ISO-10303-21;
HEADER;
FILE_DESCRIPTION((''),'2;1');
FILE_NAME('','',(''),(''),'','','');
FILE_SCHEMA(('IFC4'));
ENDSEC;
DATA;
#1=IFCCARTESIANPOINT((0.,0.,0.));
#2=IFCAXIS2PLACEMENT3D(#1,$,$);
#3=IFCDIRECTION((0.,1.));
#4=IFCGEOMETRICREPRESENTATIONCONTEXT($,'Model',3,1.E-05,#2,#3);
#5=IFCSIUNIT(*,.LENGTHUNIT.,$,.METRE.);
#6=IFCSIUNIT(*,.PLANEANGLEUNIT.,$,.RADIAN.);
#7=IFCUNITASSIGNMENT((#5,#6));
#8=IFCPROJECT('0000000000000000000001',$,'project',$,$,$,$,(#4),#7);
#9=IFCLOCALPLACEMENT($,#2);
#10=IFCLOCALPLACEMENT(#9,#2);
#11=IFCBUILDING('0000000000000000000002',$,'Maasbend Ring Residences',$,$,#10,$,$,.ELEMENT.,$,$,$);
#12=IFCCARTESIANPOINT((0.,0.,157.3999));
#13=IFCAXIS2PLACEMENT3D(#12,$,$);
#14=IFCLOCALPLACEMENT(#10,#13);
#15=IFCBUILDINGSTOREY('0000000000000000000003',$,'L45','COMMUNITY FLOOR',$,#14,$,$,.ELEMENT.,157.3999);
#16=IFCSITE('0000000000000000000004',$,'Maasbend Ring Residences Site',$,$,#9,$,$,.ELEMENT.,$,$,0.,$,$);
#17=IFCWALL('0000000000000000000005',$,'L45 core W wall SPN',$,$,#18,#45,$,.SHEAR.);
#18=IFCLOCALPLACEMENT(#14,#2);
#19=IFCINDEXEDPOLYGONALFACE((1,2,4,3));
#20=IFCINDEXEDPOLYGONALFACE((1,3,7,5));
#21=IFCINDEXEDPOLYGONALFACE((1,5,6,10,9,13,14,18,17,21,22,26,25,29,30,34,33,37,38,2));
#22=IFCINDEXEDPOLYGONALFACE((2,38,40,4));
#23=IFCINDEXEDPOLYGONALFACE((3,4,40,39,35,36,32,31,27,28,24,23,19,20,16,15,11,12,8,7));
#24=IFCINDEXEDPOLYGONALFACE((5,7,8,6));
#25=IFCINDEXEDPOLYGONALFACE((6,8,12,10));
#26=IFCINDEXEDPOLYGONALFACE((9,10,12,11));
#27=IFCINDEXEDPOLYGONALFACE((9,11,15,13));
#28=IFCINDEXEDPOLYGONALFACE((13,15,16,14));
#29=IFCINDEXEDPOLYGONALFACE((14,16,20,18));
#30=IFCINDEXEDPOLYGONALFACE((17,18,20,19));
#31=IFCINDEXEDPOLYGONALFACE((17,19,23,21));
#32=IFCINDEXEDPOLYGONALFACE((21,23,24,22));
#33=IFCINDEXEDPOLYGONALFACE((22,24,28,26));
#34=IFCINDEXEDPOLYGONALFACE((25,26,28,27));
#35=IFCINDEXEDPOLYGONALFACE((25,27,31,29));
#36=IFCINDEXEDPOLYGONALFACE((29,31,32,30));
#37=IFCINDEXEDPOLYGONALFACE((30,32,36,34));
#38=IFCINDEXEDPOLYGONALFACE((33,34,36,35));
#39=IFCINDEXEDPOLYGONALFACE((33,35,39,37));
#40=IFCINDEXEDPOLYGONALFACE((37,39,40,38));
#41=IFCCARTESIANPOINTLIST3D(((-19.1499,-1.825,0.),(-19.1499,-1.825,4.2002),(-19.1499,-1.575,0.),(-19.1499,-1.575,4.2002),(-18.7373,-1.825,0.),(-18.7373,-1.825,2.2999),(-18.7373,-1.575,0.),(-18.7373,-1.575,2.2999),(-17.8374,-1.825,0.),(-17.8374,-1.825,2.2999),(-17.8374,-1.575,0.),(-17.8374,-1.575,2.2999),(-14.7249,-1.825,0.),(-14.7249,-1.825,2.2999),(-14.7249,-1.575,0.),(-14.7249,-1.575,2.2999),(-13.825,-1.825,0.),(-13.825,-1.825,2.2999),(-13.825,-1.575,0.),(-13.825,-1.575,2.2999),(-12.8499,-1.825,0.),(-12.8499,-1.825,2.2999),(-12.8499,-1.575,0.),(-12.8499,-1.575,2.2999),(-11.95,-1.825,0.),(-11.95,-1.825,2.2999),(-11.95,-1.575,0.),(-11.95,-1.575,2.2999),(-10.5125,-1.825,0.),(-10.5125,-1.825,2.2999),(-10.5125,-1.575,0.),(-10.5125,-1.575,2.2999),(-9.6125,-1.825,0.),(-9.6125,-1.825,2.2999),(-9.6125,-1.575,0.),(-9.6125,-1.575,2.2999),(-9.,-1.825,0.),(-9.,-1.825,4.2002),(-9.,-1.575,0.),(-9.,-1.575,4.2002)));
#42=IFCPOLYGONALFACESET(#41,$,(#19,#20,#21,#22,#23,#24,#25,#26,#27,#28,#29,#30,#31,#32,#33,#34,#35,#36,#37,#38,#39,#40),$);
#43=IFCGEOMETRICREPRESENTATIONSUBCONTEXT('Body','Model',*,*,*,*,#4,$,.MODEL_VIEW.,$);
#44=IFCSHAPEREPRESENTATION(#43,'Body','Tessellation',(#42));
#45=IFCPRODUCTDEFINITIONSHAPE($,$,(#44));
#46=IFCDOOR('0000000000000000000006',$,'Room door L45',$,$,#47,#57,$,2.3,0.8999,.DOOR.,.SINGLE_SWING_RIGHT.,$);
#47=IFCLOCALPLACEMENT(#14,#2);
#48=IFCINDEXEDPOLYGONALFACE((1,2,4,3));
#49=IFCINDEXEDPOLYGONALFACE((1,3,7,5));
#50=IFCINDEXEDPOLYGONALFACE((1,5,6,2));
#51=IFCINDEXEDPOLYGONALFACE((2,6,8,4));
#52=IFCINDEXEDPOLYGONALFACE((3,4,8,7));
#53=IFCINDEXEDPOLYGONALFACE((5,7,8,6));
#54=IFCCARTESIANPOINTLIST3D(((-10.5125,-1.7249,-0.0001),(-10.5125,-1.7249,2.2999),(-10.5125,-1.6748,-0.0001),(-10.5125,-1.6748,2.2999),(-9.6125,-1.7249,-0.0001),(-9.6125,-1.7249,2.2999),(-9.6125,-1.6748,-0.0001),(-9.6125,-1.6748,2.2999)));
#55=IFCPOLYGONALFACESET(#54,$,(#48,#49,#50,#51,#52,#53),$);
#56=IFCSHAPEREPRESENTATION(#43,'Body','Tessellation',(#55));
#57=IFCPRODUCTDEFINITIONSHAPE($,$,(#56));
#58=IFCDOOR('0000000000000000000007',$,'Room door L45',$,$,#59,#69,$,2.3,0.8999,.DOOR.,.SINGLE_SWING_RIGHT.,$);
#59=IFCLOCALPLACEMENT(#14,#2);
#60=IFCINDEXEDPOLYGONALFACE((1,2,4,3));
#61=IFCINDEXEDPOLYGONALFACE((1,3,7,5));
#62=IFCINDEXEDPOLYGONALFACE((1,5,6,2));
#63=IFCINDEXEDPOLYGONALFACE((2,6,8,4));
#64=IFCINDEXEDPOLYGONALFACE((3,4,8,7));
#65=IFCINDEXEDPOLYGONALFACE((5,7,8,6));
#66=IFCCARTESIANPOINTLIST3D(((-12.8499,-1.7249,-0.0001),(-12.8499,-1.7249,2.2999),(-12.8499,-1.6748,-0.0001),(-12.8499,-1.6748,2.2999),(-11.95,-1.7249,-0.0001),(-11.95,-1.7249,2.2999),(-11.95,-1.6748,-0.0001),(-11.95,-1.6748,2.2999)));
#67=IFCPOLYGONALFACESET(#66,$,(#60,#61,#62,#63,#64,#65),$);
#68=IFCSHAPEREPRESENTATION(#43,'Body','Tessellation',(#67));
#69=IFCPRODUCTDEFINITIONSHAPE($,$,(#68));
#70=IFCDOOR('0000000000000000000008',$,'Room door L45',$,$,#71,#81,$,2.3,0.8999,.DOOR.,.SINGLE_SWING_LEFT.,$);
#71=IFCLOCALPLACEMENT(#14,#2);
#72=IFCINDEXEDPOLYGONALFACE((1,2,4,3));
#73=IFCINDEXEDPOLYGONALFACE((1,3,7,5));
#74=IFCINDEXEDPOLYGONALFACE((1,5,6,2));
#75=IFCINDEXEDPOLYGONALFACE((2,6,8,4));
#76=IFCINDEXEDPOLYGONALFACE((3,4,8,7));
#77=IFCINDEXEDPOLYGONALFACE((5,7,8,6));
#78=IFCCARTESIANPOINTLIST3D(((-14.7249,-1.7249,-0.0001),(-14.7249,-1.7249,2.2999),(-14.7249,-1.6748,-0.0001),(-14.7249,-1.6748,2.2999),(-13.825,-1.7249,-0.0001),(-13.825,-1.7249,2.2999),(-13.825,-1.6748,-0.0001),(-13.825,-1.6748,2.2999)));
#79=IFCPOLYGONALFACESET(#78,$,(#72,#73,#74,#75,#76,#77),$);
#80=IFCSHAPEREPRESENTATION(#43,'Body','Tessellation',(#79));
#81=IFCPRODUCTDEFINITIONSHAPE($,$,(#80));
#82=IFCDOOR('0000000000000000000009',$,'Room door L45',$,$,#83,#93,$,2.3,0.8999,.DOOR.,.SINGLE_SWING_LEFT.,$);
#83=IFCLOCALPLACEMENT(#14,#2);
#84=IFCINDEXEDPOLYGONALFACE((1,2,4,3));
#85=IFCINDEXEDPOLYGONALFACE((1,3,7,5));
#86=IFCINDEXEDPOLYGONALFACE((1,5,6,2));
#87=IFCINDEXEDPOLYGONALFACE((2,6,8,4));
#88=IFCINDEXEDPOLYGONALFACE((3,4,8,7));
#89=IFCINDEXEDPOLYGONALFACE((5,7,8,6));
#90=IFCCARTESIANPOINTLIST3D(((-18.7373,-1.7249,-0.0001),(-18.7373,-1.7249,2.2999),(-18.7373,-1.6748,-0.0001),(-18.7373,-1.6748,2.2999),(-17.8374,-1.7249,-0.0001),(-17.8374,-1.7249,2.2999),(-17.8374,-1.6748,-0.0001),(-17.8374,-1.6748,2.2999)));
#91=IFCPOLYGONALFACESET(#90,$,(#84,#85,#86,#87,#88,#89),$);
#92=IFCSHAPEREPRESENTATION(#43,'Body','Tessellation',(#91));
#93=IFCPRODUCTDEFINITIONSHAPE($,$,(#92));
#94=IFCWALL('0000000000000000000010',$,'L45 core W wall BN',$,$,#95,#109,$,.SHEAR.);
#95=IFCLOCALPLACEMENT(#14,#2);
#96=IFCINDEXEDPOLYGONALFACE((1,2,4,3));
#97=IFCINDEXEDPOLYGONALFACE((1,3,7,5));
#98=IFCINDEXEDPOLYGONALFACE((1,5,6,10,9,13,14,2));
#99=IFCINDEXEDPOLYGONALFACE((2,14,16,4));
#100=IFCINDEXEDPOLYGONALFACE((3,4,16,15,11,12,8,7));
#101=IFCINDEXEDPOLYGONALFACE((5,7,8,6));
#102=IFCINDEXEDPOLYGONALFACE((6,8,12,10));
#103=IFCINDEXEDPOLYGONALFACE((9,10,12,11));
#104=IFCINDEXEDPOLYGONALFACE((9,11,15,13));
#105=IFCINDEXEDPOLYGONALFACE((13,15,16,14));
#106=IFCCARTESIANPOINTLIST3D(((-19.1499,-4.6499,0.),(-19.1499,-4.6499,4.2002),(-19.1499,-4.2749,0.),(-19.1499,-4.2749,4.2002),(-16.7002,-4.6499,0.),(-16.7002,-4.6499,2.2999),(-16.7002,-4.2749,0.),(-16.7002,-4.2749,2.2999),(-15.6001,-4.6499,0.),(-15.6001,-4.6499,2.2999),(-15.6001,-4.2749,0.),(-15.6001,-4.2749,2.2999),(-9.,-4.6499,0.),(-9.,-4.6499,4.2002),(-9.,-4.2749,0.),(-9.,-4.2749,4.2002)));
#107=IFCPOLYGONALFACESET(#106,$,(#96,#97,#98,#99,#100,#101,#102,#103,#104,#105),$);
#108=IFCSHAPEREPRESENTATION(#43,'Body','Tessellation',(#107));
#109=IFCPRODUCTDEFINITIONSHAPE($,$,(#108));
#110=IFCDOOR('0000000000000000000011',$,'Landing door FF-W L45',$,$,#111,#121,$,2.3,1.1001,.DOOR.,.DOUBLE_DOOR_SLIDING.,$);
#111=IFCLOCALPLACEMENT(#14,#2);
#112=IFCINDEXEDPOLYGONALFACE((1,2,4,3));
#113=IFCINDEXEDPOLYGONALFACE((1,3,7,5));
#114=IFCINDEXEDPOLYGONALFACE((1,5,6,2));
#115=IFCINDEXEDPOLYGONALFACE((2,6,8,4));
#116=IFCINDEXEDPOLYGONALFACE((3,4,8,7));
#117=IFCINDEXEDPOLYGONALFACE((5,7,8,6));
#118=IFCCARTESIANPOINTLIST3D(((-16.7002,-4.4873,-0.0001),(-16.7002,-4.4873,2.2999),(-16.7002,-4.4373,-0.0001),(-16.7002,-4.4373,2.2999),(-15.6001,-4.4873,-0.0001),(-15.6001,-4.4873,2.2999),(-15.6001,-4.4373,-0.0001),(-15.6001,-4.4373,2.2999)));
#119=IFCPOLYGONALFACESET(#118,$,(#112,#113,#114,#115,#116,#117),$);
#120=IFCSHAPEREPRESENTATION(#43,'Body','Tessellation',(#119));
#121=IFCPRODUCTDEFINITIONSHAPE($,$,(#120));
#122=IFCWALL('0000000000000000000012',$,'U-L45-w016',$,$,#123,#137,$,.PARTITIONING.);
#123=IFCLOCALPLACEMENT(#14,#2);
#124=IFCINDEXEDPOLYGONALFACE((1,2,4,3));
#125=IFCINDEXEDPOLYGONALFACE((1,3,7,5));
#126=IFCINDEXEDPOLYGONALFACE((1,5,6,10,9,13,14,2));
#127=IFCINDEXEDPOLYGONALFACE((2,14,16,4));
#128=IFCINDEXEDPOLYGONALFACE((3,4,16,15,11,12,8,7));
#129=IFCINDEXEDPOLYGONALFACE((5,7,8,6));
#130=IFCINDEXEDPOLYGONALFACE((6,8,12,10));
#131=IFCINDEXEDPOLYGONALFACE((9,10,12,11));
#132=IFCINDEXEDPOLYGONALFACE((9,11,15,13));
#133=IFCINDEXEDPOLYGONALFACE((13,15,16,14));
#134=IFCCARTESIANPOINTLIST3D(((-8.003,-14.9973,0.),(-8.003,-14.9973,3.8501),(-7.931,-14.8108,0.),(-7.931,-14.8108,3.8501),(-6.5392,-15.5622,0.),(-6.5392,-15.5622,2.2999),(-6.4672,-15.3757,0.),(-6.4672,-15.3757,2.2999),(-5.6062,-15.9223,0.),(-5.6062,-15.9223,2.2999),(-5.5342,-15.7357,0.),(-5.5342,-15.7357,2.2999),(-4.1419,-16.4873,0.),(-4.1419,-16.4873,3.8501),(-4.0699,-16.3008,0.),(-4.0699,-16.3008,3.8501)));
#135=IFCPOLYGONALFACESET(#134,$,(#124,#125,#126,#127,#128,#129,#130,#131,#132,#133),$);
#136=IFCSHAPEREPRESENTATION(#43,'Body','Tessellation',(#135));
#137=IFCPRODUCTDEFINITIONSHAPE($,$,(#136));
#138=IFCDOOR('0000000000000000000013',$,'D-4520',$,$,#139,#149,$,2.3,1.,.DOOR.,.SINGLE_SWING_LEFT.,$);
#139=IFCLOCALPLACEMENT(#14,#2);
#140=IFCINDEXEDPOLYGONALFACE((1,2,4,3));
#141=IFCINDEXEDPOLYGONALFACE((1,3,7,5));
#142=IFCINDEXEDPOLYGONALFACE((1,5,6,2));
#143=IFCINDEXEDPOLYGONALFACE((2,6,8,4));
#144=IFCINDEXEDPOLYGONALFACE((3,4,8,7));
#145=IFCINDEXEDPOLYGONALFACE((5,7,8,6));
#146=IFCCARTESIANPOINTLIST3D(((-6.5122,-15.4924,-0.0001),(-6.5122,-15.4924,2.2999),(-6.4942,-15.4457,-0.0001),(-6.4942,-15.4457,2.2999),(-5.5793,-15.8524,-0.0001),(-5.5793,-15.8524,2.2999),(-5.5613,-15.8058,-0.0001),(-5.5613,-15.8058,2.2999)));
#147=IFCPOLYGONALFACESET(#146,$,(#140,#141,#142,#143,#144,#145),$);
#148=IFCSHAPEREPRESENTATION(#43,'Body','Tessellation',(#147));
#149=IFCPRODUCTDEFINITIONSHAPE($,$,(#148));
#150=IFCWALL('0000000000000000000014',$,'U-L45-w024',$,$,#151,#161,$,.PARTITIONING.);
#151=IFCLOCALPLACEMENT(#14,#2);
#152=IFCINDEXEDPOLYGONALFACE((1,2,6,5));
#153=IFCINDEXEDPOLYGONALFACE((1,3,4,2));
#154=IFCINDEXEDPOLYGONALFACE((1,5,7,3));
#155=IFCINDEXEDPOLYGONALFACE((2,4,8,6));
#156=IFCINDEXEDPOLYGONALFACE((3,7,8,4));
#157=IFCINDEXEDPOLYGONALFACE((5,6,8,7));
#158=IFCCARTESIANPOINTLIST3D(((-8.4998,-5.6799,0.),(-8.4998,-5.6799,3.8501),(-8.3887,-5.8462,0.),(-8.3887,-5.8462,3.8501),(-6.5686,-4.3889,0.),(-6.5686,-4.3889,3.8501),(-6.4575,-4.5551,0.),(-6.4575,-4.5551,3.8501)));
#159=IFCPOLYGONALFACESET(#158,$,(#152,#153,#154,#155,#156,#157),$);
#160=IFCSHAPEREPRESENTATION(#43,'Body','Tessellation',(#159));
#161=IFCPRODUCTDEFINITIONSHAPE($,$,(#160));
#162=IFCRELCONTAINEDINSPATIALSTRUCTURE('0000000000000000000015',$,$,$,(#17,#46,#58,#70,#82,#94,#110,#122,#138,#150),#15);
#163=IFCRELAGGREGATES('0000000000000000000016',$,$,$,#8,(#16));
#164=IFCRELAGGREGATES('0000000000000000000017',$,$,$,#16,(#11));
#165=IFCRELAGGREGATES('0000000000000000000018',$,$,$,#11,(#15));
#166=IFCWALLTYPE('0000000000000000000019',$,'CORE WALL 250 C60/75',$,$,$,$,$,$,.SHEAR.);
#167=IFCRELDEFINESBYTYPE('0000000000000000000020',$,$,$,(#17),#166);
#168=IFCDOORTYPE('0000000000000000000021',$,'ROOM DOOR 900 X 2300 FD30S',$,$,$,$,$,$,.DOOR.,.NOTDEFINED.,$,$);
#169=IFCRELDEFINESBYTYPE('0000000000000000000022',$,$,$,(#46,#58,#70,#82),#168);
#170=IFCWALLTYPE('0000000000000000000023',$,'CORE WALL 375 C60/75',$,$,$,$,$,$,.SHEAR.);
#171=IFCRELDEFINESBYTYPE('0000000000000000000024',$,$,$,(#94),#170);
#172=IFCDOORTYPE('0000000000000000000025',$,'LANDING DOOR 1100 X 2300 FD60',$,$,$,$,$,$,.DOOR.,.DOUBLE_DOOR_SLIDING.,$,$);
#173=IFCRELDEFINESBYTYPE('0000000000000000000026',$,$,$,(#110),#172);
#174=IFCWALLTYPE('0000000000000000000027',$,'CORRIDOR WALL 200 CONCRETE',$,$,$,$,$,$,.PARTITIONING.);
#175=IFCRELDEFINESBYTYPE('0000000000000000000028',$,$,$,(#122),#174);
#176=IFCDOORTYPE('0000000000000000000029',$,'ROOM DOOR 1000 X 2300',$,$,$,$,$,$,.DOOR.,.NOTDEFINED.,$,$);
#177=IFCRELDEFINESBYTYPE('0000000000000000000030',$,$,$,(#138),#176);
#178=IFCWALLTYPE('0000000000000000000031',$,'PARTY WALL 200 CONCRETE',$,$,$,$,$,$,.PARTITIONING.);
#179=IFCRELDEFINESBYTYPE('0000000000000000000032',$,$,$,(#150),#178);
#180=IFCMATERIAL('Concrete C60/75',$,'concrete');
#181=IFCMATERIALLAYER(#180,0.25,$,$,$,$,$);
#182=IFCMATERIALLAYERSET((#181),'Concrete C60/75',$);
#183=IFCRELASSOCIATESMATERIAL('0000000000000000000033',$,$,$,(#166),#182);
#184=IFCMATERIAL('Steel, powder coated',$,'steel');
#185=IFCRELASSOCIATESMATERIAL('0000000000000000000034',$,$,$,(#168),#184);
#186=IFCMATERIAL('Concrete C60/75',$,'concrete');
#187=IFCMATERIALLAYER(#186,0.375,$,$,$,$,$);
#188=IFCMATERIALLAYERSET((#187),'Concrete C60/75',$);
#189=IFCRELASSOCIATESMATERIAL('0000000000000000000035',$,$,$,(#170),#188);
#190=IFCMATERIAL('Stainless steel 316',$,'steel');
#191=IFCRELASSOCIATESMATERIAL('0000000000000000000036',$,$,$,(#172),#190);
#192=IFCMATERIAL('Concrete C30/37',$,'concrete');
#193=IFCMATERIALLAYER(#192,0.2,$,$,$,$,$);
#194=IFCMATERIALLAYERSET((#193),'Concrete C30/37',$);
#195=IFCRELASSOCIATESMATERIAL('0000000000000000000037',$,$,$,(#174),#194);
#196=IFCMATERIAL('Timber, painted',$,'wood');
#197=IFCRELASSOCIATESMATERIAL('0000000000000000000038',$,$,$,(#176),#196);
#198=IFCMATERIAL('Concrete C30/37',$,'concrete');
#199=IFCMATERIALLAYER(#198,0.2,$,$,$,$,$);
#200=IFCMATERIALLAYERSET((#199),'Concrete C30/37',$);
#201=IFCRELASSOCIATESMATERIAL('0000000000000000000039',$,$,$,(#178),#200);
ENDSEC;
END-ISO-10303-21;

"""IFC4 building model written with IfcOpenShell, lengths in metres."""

from ifc_helpers import new_model, si_unit, direction, frame, frame_2d, origin, place, context, subcontext, project, spatial, rectangle, extrude, material, layer, layer_set, type_object, element, fill, save


model = new_model("IFC4")

# Units and contexts
model_context = context("Model", 3, precision=1e-05, world=origin(), true_north=direction((0.0, 1.0)))
body_context = subcontext(model_context, "Body", "Model", "MODEL_VIEW")
ifc_project = project(units=[si_unit("LENGTHUNIT", "METRE"), si_unit("PLANEANGLEUNIT", "RADIAN")], contexts=[model_context])

# Site, building, storey
site_placement = place(None, origin())
site = spatial("IfcSite", under=ifc_project, at=site_placement, Name="Maasbend Ring Residences Site", CompositionType="ELEMENT", RefElevation=0.0)
building_placement = place(site_placement, origin())
building = spatial("IfcBuilding", under=site, at=building_placement, Name="Maasbend Ring Residences", CompositionType="ELEMENT")
storey_placement = place(building_placement, frame((0.0, 0.0, 157.3999)))
storey = spatial("IfcBuildingStorey", under=building, at=storey_placement, Name="L45", Description="COMMUNITY FLOOR", CompositionType="ELEMENT", Elevation=157.3999)

# Wall, openings, doors
ifc_material_1 = material(Name="Concrete C60/75", Category="concrete")
ifc_layer_1 = layer(ifc_material_1, 0.25)
ifc_layer_set_1 = layer_set([ifc_layer_1], Name="Concrete C60/75")
wall_type_1 = type_object("IfcWallType", Name="CORE WALL 250 C60/75", PredefinedType="SHEAR", material=ifc_layer_set_1)
wall_1_placement = place(storey_placement, frame((-9.0, -1.7, 0.0), z_axis=(0.0, 0.0, 1.0), x_axis=(-1.0, 0.0, 0.0)))
wall_1 = element("IfcWall", 1, at=wall_1_placement, inside=storey, type_object=wall_type_1, Name="L45 core W wall SPN", PredefinedType="SHEAR", context=body_context, shape_type="SweptSolid", body=[
    extrude(rectangle(XDim=10.1499, YDim=0.25, at=frame_2d((5.075, 0.0))), origin(), (0.0, 0.0, 1.0), 4.2002),
])
opening_1_placement = place(wall_1_placement, frame((0.6125, 0.0, 0.0)))
opening_1 = element("IfcOpeningElement", 2, at=opening_1_placement, cuts=wall_1, PredefinedType="OPENING", context=body_context, shape_type="SweptSolid", body=[
    extrude(rectangle(XDim=0.8999, YDim=2.3, at=frame_2d((0.45, 1.1499))), frame((0.0, 0.135, 0.0), z_axis=(0.0, -1.0, 0.0), x_axis=(1.0, 0.0, 0.0)), (0.0, 0.0, 1.0), 0.27),
])
opening_2_placement = place(wall_1_placement, frame((2.95, 0.0, 0.0)))
opening_2 = element("IfcOpeningElement", 3, at=opening_2_placement, cuts=wall_1, PredefinedType="OPENING", context=body_context, shape_type="SweptSolid", body=[
    extrude(rectangle(XDim=0.8999, YDim=2.3, at=frame_2d((0.45, 1.1499))), frame((0.0, 0.135, 0.0), z_axis=(0.0, -1.0, 0.0), x_axis=(1.0, 0.0, 0.0)), (0.0, 0.0, 1.0), 0.27),
])
opening_3_placement = place(wall_1_placement, frame((4.825, 0.0, 0.0)))
opening_3 = element("IfcOpeningElement", 4, at=opening_3_placement, cuts=wall_1, PredefinedType="OPENING", context=body_context, shape_type="SweptSolid", body=[
    extrude(rectangle(XDim=0.8999, YDim=2.3, at=frame_2d((0.45, 1.1499))), frame((0.0, 0.135, 0.0), z_axis=(0.0, -1.0, 0.0), x_axis=(1.0, 0.0, 0.0)), (0.0, 0.0, 1.0), 0.27),
])
opening_4_placement = place(wall_1_placement, frame((8.8374, 0.0, 0.0)))
opening_4 = element("IfcOpeningElement", 5, at=opening_4_placement, cuts=wall_1, PredefinedType="OPENING", context=body_context, shape_type="SweptSolid", body=[
    extrude(rectangle(XDim=0.8999, YDim=2.3, at=frame_2d((0.45, 1.1499))), frame((0.0, 0.135, 0.0), z_axis=(0.0, -1.0, 0.0), x_axis=(1.0, 0.0, 0.0)), (0.0, 0.0, 1.0), 0.27),
])
ifc_material_2 = material(Name="Steel, powder coated", Category="steel")
door_type_1 = type_object("IfcDoorType", Name="ROOM DOOR 900 X 2300 FD30S", OperationType="NOTDEFINED", PredefinedType="DOOR", material=ifc_material_2)
door_1_placement = place(opening_1_placement, origin())
door_1 = element("IfcDoor", 6, at=door_1_placement, inside=storey, type_object=door_type_1, Name="Room door L45", OperationType="SINGLE_SWING_RIGHT", OverallHeight=2.3, OverallWidth=0.8999, PredefinedType="DOOR", context=body_context, shape_type="SweptSolid", body=[
    extrude(rectangle(XDim=0.8999, YDim=2.3, at=frame_2d((0.45, 1.1499))), frame((0.0, 0.0249, 0.0), z_axis=(0.0, -1.0, 0.0), x_axis=(1.0, 0.0, 0.0)), (0.0, 0.0, 1.0), 0.05),
])
fill(opening_1, door_1)
door_2_placement = place(opening_2_placement, origin())
door_2 = element("IfcDoor", 7, at=door_2_placement, inside=storey, type_object=door_type_1, Name="Room door L45", OperationType="SINGLE_SWING_RIGHT", OverallHeight=2.3, OverallWidth=0.8999, PredefinedType="DOOR", context=body_context, shape_type="SweptSolid", body=[
    extrude(rectangle(XDim=0.8999, YDim=2.3, at=frame_2d((0.45, 1.1499))), frame((0.0, 0.0249, 0.0), z_axis=(0.0, -1.0, 0.0), x_axis=(1.0, 0.0, 0.0)), (0.0, 0.0, 1.0), 0.05),
])
fill(opening_2, door_2)
door_3_placement = place(opening_3_placement, origin())
door_3 = element("IfcDoor", 8, at=door_3_placement, inside=storey, type_object=door_type_1, Name="Room door L45", OperationType="SINGLE_SWING_LEFT", OverallHeight=2.3, OverallWidth=0.8999, PredefinedType="DOOR", context=body_context, shape_type="SweptSolid", body=[
    extrude(rectangle(XDim=0.8999, YDim=2.3, at=frame_2d((0.45, 1.1499))), frame((0.0, 0.0249, 0.0), z_axis=(0.0, -1.0, 0.0), x_axis=(1.0, 0.0, 0.0)), (0.0, 0.0, 1.0), 0.05),
])
fill(opening_3, door_3)
door_4_placement = place(opening_4_placement, origin())
door_4 = element("IfcDoor", 9, at=door_4_placement, inside=storey, type_object=door_type_1, Name="Room door L45", OperationType="SINGLE_SWING_LEFT", OverallHeight=2.3, OverallWidth=0.8999, PredefinedType="DOOR", context=body_context, shape_type="SweptSolid", body=[
    extrude(rectangle(XDim=0.8999, YDim=2.3, at=frame_2d((0.45, 1.1499))), frame((0.0, 0.0249, 0.0), z_axis=(0.0, -1.0, 0.0), x_axis=(1.0, 0.0, 0.0)), (0.0, 0.0, 1.0), 0.05),
])
fill(opening_4, door_4)

# Walls, openings, doors
ifc_material_3 = material(Name="Concrete C60/75", Category="concrete")
ifc_layer_2 = layer(ifc_material_3, 0.375)
ifc_layer_set_2 = layer_set([ifc_layer_2], Name="Concrete C60/75")
wall_type_2 = type_object("IfcWallType", Name="CORE WALL 375 C60/75", PredefinedType="SHEAR", material=ifc_layer_set_2)
wall_2_placement = place(storey_placement, frame((-9.0, -4.4624, 0.0), z_axis=(0.0, 0.0, 1.0), x_axis=(-1.0, 0.0, 0.0)))
wall_2 = element("IfcWall", 10, at=wall_2_placement, inside=storey, type_object=wall_type_2, Name="L45 core W wall BN", PredefinedType="SHEAR", context=body_context, shape_type="SweptSolid", body=[
    extrude(rectangle(XDim=10.1499, YDim=0.375, at=frame_2d((5.075, 0.0))), origin(), (0.0, 0.0, 1.0), 4.2002),
])
opening_5_placement = place(wall_2_placement, frame((6.6001, 0.0, 0.0)))
opening_5 = element("IfcOpeningElement", 11, at=opening_5_placement, cuts=wall_2, PredefinedType="OPENING", context=body_context, shape_type="SweptSolid", body=[
    extrude(rectangle(XDim=1.1001, YDim=2.3, at=frame_2d((0.55, 1.1499))), frame((0.0, 0.1975, 0.0), z_axis=(0.0, -1.0, 0.0), x_axis=(1.0, 0.0, 0.0)), (0.0, 0.0, 1.0), 0.395),
])
ifc_material_4 = material(Name="Stainless steel 316", Category="steel")
door_type_2 = type_object("IfcDoorType", Name="LANDING DOOR 1100 X 2300 FD60", OperationType="DOUBLE_DOOR_SLIDING", PredefinedType="DOOR", material=ifc_material_4)
door_5_placement = place(opening_5_placement, origin())
door_5 = element("IfcDoor", 12, at=door_5_placement, inside=storey, type_object=door_type_2, Name="Landing door FF-W L45", OperationType="DOUBLE_DOOR_SLIDING", OverallHeight=2.3, OverallWidth=1.1001, PredefinedType="DOOR", context=body_context, shape_type="SweptSolid", body=[
    extrude(rectangle(XDim=1.1001, YDim=2.3, at=frame_2d((0.55, 1.1499))), frame((0.0, 0.0249, 0.0), z_axis=(0.0, -1.0, 0.0), x_axis=(1.0, 0.0, 0.0)), (0.0, 0.0, 1.0), 0.05),
])
fill(opening_5, door_5)
ifc_material_5 = material(Name="Concrete C30/37", Category="concrete")
ifc_layer_3 = layer(ifc_material_5, 0.2)
ifc_layer_set_3 = layer_set([ifc_layer_3], Name="Concrete C30/37")
wall_type_3 = type_object("IfcWallType", Name="CORRIDOR WALL 200 CONCRETE", PredefinedType="PARTITIONING", material=ifc_layer_set_3)
wall_3_placement = place(storey_placement, frame((-7.967, -14.9041, 0.0), z_axis=(0.0, 0.0, 1.0), x_axis=(0.932944, -0.360022, 0.0)))
wall_3 = element("IfcWall", 13, at=wall_3_placement, inside=storey, type_object=wall_type_3, Name="U-L45-w016", PredefinedType="PARTITIONING", context=body_context, shape_type="SweptSolid", body=[
    extrude(rectangle(XDim=4.1387, YDim=0.2, at=frame_2d((2.0693, 0.0))), origin(), (0.0, 0.0, 1.0), 3.8501),
])
opening_6_placement = place(wall_3_placement, frame((1.5691, 0.0, 0.0)))
opening_6 = element("IfcOpeningElement", 14, at=opening_6_placement, cuts=wall_3, PredefinedType="OPENING", context=body_context, shape_type="SweptSolid", body=[
    extrude(rectangle(XDim=1.0, YDim=2.3, at=frame_2d((0.5, 1.1499))), frame((0.0, 0.1099, 0.0), z_axis=(0.0, -1.0, 0.0), x_axis=(1.0, 0.0, 0.0)), (0.0, 0.0, 1.0), 0.22),
])
ifc_material_6 = material(Name="Timber, painted", Category="wood")
door_type_3 = type_object("IfcDoorType", Name="ROOM DOOR 1000 X 2300", OperationType="NOTDEFINED", PredefinedType="DOOR", material=ifc_material_6)
door_6_placement = place(opening_6_placement, origin())
door_6 = element("IfcDoor", 15, at=door_6_placement, inside=storey, type_object=door_type_3, Name="D-4520", OperationType="SINGLE_SWING_LEFT", OverallHeight=2.3, OverallWidth=1.0, PredefinedType="DOOR", context=body_context, shape_type="SweptSolid", body=[
    extrude(rectangle(XDim=1.0, YDim=2.3, at=frame_2d((0.5, 1.1499))), frame((0.0, 0.0249, 0.0), z_axis=(0.0, -1.0, 0.0), x_axis=(1.0, 0.0, 0.0)), (0.0, 0.0, 1.0), 0.05),
])
fill(opening_6, door_6)

# Wall
ifc_material_7 = material(Name="Concrete C30/37", Category="concrete")
ifc_layer_4 = layer(ifc_material_7, 0.2)
ifc_layer_set_4 = layer_set([ifc_layer_4], Name="Concrete C30/37")
wall_type_4 = type_object("IfcWallType", Name="PARTY WALL 200 CONCRETE", PredefinedType="PARTITIONING", material=ifc_layer_set_4)
wall_4_placement = place(storey_placement, frame((-6.5129, -4.4719, 0.0), z_axis=(0.0, 0.0, 1.0), x_axis=(-0.831338, -0.555767, 0.0)))
element("IfcWall", 16, at=wall_4_placement, inside=storey, type_object=wall_type_4, Name="U-L45-w024", PredefinedType="PARTITIONING", context=body_context, shape_type="SweptSolid", body=[
    extrude(rectangle(XDim=2.323, YDim=0.2, at=frame_2d((1.1616, 0.0))), origin(), (0.0, 0.0, 1.0), 3.8501),
])

save(model, "model.ifc")
